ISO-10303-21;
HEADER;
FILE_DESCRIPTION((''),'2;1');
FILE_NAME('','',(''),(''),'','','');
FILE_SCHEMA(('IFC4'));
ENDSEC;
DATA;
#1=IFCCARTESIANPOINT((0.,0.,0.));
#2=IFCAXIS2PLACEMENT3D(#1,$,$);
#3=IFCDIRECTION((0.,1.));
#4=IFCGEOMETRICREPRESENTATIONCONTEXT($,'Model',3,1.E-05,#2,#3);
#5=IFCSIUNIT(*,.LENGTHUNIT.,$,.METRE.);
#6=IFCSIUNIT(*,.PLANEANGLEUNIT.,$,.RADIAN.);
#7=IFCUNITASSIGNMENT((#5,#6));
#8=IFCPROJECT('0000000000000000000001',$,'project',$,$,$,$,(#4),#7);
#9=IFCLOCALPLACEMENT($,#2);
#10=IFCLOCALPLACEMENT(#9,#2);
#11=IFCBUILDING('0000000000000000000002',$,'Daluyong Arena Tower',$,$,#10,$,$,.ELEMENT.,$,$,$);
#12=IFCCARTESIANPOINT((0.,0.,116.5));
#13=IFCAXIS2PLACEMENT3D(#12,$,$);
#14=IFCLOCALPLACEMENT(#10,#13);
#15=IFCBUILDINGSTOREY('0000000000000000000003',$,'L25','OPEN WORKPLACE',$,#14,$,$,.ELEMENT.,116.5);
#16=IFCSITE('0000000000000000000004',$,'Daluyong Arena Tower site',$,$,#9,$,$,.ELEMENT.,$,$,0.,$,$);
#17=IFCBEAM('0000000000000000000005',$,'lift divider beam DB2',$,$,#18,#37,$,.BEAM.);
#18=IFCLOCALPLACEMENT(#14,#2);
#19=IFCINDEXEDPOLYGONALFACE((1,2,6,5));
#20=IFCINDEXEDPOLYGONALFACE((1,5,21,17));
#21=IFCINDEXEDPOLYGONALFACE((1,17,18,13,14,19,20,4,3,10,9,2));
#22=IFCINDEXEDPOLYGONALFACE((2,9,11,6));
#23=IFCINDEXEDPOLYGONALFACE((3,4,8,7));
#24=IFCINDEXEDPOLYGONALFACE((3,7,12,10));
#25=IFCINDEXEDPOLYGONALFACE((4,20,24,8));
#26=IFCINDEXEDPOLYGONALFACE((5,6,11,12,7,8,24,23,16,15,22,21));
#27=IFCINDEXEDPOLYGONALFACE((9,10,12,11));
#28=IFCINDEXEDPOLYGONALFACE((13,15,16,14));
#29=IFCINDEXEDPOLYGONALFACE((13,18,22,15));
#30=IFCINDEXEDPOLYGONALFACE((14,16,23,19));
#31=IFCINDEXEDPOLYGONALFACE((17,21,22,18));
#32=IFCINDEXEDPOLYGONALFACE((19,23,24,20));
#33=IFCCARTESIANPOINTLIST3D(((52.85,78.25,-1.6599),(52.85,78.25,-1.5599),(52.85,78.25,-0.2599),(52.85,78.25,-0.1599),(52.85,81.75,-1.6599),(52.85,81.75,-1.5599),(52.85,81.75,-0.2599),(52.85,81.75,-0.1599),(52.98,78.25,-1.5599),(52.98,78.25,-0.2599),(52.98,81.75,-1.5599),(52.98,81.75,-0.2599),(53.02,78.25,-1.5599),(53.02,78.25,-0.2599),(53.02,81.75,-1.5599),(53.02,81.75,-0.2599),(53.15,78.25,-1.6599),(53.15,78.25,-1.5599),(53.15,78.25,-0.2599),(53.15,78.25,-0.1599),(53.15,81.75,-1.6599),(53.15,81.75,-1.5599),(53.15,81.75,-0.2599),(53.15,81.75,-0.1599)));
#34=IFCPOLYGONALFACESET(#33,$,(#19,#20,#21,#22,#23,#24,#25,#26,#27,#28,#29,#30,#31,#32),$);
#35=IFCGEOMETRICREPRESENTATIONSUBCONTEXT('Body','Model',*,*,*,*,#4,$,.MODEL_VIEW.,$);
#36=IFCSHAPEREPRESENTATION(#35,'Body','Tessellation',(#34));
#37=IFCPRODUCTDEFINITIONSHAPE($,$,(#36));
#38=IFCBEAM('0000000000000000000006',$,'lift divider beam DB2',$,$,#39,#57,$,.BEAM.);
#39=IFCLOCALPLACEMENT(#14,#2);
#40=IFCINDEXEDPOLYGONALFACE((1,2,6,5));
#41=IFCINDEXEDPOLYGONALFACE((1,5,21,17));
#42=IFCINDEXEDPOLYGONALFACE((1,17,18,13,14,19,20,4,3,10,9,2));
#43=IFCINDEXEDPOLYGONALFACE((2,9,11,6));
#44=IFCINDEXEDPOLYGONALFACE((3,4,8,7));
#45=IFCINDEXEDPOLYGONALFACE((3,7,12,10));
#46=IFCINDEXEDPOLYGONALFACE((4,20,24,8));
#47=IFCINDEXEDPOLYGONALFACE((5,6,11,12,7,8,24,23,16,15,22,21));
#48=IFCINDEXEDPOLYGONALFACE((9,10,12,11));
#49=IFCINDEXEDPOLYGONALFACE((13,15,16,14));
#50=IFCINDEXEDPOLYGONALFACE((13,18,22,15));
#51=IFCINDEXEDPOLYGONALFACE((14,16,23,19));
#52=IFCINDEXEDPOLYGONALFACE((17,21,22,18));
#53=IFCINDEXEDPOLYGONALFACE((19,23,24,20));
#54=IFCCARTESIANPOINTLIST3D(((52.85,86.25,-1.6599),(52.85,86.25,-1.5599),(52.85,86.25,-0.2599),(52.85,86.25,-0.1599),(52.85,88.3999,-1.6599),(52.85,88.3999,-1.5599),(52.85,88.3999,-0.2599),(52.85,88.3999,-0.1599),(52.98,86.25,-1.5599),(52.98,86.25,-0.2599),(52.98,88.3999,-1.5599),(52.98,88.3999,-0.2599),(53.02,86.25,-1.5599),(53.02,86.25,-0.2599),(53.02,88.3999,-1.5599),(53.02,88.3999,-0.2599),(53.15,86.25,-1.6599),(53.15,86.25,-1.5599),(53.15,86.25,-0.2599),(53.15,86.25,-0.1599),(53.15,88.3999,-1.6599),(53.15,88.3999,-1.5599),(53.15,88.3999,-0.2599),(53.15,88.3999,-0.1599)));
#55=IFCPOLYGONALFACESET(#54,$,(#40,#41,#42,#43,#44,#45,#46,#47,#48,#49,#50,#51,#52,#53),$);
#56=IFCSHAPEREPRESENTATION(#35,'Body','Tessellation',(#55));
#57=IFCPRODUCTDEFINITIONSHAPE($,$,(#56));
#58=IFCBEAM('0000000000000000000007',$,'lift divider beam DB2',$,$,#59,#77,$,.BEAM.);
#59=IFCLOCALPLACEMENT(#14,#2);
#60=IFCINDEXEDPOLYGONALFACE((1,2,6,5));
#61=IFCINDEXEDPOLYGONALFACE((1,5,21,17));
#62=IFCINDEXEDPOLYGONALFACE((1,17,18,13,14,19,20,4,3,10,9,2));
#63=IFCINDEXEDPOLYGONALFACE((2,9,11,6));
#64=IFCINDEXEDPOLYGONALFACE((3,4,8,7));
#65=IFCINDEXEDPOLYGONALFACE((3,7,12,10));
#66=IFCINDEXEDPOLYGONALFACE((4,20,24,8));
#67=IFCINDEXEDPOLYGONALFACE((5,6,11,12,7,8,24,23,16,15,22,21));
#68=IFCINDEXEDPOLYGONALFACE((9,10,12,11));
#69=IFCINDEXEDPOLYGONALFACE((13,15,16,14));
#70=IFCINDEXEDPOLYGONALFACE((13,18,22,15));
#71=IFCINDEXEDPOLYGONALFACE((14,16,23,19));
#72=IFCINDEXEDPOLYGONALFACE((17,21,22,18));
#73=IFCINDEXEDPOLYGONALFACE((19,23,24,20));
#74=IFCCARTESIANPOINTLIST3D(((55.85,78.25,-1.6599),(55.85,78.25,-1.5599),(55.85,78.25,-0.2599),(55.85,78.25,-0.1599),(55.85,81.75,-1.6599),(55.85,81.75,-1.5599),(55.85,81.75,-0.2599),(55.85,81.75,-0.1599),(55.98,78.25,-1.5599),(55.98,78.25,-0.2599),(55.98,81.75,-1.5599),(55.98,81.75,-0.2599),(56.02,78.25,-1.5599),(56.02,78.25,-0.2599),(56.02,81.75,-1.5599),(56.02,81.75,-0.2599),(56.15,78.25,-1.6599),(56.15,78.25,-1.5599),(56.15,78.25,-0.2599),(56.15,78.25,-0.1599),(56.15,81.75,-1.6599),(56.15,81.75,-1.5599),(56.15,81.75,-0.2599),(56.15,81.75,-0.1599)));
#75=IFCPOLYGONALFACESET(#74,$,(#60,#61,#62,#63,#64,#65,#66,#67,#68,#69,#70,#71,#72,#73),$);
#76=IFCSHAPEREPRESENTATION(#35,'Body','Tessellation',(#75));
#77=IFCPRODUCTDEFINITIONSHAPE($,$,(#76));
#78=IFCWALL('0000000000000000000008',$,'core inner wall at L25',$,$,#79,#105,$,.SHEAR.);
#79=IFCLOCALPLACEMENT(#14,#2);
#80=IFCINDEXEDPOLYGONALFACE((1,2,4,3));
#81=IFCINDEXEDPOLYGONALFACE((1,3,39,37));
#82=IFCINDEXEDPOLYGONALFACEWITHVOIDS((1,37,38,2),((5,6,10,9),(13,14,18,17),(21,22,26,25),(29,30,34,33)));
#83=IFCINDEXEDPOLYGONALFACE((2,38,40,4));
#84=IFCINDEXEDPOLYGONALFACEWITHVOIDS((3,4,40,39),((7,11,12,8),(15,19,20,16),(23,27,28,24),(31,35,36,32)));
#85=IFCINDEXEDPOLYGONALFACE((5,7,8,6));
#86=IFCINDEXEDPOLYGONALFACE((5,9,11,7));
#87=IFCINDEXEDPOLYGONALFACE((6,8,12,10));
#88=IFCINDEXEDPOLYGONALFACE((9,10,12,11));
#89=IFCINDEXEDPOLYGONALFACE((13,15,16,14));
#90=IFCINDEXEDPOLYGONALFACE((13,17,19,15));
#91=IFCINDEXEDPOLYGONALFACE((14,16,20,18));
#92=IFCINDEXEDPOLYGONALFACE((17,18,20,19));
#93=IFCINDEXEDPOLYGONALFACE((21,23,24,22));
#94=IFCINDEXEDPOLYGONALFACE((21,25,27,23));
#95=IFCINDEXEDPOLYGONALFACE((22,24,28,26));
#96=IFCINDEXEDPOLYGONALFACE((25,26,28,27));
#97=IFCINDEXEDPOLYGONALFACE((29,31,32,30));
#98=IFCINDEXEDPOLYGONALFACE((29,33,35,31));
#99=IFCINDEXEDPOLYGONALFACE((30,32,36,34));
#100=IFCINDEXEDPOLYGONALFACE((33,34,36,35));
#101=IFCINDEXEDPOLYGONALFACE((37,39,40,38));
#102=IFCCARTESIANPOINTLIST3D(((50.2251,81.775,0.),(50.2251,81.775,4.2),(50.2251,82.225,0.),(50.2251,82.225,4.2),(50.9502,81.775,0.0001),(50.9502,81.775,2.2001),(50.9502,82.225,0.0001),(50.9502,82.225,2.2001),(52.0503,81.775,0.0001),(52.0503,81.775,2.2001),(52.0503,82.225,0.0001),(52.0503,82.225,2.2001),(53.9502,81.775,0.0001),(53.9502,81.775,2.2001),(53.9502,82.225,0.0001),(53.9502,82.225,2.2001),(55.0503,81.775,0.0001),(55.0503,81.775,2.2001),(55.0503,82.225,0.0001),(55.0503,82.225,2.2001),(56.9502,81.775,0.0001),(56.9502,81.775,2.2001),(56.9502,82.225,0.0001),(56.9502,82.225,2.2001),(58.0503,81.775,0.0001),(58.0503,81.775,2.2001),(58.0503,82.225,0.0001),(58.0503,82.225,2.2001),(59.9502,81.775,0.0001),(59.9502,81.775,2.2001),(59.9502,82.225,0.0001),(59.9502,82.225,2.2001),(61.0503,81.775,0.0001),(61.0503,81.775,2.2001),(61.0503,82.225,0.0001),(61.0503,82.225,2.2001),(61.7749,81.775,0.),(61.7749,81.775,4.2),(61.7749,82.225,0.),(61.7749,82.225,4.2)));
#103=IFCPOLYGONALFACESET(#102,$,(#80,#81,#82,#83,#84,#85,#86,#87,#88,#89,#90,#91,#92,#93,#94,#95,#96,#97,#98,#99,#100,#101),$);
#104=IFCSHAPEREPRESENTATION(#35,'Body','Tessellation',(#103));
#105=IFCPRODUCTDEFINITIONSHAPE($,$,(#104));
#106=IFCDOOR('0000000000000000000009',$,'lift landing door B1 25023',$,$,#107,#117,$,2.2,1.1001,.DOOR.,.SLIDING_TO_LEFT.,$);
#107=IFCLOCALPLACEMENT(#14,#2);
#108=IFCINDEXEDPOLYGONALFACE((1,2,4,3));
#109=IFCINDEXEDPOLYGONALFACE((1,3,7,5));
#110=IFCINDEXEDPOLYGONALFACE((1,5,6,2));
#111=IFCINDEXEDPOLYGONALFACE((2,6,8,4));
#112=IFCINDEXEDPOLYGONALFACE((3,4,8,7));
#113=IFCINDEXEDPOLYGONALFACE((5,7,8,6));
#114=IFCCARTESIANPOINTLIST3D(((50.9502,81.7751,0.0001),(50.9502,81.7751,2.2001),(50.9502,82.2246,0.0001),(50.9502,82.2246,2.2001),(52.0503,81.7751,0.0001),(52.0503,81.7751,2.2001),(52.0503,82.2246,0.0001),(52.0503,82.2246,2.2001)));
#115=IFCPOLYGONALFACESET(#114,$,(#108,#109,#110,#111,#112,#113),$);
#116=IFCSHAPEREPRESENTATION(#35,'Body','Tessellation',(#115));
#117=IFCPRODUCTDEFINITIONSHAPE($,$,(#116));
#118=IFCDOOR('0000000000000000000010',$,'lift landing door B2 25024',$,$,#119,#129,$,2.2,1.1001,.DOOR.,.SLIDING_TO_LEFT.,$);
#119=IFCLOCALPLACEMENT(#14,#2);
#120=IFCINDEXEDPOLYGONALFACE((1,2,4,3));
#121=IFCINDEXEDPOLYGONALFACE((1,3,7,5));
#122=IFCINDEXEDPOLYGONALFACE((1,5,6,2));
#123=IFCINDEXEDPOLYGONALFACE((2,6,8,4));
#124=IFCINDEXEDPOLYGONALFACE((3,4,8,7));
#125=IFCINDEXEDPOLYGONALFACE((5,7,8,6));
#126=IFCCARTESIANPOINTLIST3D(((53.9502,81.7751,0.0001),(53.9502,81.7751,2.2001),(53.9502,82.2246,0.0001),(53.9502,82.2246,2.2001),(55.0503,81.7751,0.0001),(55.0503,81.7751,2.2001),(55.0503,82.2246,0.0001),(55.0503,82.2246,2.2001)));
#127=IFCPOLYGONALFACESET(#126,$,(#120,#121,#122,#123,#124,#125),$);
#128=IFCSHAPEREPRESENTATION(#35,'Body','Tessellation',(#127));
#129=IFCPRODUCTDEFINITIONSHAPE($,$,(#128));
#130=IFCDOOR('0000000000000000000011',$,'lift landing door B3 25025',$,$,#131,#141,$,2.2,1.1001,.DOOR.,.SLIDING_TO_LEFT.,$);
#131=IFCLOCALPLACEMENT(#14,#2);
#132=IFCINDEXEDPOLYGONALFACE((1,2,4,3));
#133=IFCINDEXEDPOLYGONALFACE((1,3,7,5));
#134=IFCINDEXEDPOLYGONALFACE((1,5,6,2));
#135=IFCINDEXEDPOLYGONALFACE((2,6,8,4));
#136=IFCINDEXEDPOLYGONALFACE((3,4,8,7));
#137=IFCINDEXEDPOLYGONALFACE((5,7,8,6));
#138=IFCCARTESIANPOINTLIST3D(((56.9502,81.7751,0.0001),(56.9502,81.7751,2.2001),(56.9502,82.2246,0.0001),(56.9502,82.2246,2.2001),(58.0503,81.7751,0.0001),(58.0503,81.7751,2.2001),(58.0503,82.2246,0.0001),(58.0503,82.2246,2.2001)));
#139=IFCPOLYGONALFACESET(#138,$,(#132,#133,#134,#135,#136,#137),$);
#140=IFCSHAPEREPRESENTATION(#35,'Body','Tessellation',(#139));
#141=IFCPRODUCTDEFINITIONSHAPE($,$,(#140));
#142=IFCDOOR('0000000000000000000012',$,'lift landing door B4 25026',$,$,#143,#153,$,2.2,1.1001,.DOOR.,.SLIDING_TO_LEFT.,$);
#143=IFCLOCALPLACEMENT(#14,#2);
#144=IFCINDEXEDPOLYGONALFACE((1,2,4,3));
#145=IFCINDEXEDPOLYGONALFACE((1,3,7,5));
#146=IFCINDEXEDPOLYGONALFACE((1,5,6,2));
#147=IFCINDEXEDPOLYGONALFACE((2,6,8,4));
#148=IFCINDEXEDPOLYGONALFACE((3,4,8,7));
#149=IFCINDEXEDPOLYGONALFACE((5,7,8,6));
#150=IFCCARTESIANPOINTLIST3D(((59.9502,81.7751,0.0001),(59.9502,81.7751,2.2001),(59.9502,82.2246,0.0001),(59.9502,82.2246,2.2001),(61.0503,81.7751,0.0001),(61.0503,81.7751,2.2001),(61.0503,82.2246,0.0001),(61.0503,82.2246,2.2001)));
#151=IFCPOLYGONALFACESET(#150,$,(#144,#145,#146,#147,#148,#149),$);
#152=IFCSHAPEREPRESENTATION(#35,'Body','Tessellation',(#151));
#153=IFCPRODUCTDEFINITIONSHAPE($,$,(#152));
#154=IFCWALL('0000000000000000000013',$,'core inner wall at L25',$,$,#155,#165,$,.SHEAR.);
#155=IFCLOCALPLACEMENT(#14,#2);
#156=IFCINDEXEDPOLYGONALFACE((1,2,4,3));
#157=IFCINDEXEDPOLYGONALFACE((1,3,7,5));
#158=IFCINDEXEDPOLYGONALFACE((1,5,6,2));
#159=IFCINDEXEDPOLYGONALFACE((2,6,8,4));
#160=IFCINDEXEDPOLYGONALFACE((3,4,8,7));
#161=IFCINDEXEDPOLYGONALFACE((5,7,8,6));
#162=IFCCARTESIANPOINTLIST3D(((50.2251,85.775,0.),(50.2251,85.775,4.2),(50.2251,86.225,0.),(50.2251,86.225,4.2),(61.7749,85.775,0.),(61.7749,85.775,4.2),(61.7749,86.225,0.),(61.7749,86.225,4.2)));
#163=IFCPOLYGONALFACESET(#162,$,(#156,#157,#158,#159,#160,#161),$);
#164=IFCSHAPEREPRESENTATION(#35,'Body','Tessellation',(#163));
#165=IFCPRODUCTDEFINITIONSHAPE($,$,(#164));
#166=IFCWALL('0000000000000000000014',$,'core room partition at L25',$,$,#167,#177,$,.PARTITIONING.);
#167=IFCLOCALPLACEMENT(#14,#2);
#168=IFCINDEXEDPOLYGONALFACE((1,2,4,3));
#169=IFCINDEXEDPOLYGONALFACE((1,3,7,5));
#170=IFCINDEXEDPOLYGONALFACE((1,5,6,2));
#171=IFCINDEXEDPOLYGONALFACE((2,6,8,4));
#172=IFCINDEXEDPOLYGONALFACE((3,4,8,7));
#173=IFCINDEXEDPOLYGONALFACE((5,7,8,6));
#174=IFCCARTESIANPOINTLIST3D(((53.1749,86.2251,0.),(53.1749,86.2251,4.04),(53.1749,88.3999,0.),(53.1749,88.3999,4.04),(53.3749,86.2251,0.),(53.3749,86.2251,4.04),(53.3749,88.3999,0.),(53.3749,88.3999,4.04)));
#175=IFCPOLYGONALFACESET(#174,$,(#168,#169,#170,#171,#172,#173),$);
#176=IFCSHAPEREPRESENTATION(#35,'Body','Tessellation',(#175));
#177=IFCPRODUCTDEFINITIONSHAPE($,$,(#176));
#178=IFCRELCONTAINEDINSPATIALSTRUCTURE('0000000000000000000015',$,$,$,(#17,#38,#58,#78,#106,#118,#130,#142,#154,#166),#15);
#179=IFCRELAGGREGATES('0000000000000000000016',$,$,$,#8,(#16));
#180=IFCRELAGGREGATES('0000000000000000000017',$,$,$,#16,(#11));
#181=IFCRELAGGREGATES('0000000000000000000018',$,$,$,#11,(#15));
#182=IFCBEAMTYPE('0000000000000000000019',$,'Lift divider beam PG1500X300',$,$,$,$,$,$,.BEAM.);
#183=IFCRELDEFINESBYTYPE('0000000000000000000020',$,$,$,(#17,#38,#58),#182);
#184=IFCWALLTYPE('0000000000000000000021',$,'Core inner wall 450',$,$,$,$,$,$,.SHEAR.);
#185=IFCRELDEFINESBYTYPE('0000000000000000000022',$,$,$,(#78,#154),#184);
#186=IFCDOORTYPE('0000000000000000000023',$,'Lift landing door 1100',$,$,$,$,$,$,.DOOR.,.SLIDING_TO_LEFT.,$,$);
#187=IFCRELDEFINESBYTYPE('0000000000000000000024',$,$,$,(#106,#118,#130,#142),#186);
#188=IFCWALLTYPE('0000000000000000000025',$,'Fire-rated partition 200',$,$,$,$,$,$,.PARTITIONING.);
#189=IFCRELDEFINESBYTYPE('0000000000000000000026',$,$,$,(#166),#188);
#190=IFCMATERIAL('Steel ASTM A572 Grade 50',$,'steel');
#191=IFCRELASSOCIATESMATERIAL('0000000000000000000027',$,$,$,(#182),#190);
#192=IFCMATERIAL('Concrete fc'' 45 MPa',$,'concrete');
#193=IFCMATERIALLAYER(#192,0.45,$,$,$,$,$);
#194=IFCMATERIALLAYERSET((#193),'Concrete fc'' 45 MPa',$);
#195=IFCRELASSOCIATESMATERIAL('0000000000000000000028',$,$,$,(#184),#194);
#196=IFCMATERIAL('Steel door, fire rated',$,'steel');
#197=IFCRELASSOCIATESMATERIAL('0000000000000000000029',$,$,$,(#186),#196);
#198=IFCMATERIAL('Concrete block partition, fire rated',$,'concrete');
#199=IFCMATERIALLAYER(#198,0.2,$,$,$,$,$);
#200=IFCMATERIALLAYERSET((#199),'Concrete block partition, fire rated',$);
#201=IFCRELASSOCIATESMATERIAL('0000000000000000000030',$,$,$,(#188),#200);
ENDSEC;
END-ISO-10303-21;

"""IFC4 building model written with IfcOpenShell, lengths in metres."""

from ifc_helpers import new_model, si_unit, direction, frame, frame_2d, origin, origin_2d, place, context, subcontext, project, spatial, rectangle, i_section, extrude, material, layer, layer_set, material_profile, profile_set, type_object, element, fill, save


model = new_model("IFC4")

# Units and contexts
model_context = context("Model", 3, precision=1e-05, world=origin(), true_north=direction((0.0, 1.0)))
body_context = subcontext(model_context, "Body", "Model", "MODEL_VIEW")
ifc_project = project(units=[si_unit("LENGTHUNIT", "METRE"), si_unit("PLANEANGLEUNIT", "RADIAN")], contexts=[model_context])

# Site, building, storey
site_placement = place(None, origin())
site = spatial("IfcSite", under=ifc_project, at=site_placement, Name="Daluyong Arena Tower site", CompositionType="ELEMENT", RefElevation=0.0)
building_placement = place(site_placement, origin())
building = spatial("IfcBuilding", under=site, at=building_placement, Name="Daluyong Arena Tower", CompositionType="ELEMENT")
storey_placement = place(building_placement, frame((0.0, 0.0, 116.5)))
storey = spatial("IfcBuildingStorey", under=building, at=storey_placement, Name="L25", Description="OPEN WORKPLACE", CompositionType="ELEMENT", Elevation=116.5)

# Beams
ifc_material_1 = material(Name="Steel ASTM A572 Grade 50", Category="steel")
ifc_material_profile = material_profile(ifc_material_1, i_section(OverallWidth=0.3, OverallDepth=1.5, WebThickness=0.04, FlangeThickness=0.1, at=origin_2d()))
ifc_profile_set = profile_set([ifc_material_profile], Name="Steel ASTM A572 Grade 50")
beam_type = type_object("IfcBeamType", Name="Lift divider beam PG1500X300", PredefinedType="BEAM", material=ifc_profile_set)
beam_1_placement = place(storey_placement, frame((53.0, 78.25, -0.9099), z_axis=(0.0, 1.0, 0.0), x_axis=(-1.0, 0.0, 0.0)))
element("IfcBeam", 1, at=beam_1_placement, inside=storey, type_object=beam_type, Name="lift divider beam DB2", PredefinedType="BEAM", context=body_context, shape_type="SweptSolid", body=[
    extrude(i_section(OverallWidth=0.3, OverallDepth=1.5, WebThickness=0.04, FlangeThickness=0.1, at=origin_2d()), origin(), (0.0, 0.0, 1.0), 3.5),
])
beam_2_placement = place(storey_placement, frame((53.0, 86.25, -0.9099), z_axis=(0.0, 1.0, 0.0), x_axis=(-1.0, 0.0, 0.0)))
element("IfcBeam", 2, at=beam_2_placement, inside=storey, type_object=beam_type, Name="lift divider beam DB2", PredefinedType="BEAM", context=body_context, shape_type="SweptSolid", body=[
    extrude(i_section(OverallWidth=0.3, OverallDepth=1.5, WebThickness=0.04, FlangeThickness=0.1, at=origin_2d()), origin(), (0.0, 0.0, 1.0), 2.1499),
])
beam_3_placement = place(storey_placement, frame((56.0, 78.25, -0.9099), z_axis=(0.0, 1.0, 0.0), x_axis=(-1.0, 0.0, 0.0)))
element("IfcBeam", 3, at=beam_3_placement, inside=storey, type_object=beam_type, Name="lift divider beam DB2", PredefinedType="BEAM", context=body_context, shape_type="SweptSolid", body=[
    extrude(i_section(OverallWidth=0.3, OverallDepth=1.5, WebThickness=0.04, FlangeThickness=0.1, at=origin_2d()), origin(), (0.0, 0.0, 1.0), 3.5),
])

# Wall, openings, doors
ifc_material_2 = material(Name="Concrete fc' 45 MPa", Category="concrete")
ifc_layer_1 = layer(ifc_material_2, 0.45)
ifc_layer_set_1 = layer_set([ifc_layer_1], Name="Concrete fc' 45 MPa")
wall_type_1 = type_object("IfcWallType", Name="Core inner wall 450", PredefinedType="SHEAR", material=ifc_layer_set_1)
wall_1_placement = place(storey_placement, frame((50.2251, 82.0, 0.0), z_axis=(0.0, 0.0, 1.0), x_axis=(1.0, 0.0, 0.0)))
wall_1 = element("IfcWall", 4, at=wall_1_placement, inside=storey, type_object=wall_type_1, Name="core inner wall at L25", PredefinedType="SHEAR", context=body_context, shape_type="SweptSolid", body=[
    extrude(rectangle(XDim=11.5498, YDim=0.45, at=frame_2d((5.7749, 0.0))), origin(), (0.0, 0.0, 1.0), 4.2),
])
opening_1_placement = place(wall_1_placement, frame((0.7251, 0.0, 0.0)))
opening_1 = element("IfcOpeningElement", 5, at=opening_1_placement, cuts=wall_1, PredefinedType="OPENING", context=body_context, shape_type="SweptSolid", body=[
    extrude(rectangle(XDim=1.1001, YDim=2.2, at=frame_2d((0.55, 1.1001))), frame((0.0, 0.2349, 0.0), z_axis=(0.0, -1.0, 0.0), x_axis=(1.0, 0.0, 0.0)), (0.0, 0.0, 1.0), 0.47),
])
opening_2_placement = place(wall_1_placement, frame((3.7251, 0.0, 0.0)))
opening_2 = element("IfcOpeningElement", 6, at=opening_2_placement, cuts=wall_1, PredefinedType="OPENING", context=body_context, shape_type="SweptSolid", body=[
    extrude(rectangle(XDim=1.1001, YDim=2.2, at=frame_2d((0.55, 1.1001))), frame((0.0, 0.2349, 0.0), z_axis=(0.0, -1.0, 0.0), x_axis=(1.0, 0.0, 0.0)), (0.0, 0.0, 1.0), 0.47),
])
opening_3_placement = place(wall_1_placement, frame((6.7251, 0.0, 0.0)))
opening_3 = element("IfcOpeningElement", 7, at=opening_3_placement, cuts=wall_1, PredefinedType="OPENING", context=body_context, shape_type="SweptSolid", body=[
    extrude(rectangle(XDim=1.1001, YDim=2.2, at=frame_2d((0.55, 1.1001))), frame((0.0, 0.2349, 0.0), z_axis=(0.0, -1.0, 0.0), x_axis=(1.0, 0.0, 0.0)), (0.0, 0.0, 1.0), 0.47),
])
opening_4_placement = place(wall_1_placement, frame((9.7251, 0.0, 0.0)))
opening_4 = element("IfcOpeningElement", 8, at=opening_4_placement, cuts=wall_1, PredefinedType="OPENING", context=body_context, shape_type="SweptSolid", body=[
    extrude(rectangle(XDim=1.1001, YDim=2.2, at=frame_2d((0.55, 1.1001))), frame((0.0, 0.2349, 0.0), z_axis=(0.0, -1.0, 0.0), x_axis=(1.0, 0.0, 0.0)), (0.0, 0.0, 1.0), 0.47),
])
ifc_material_3 = material(Name="Steel door, fire rated", Category="steel")
door_type = type_object("IfcDoorType", Name="Lift landing door 1100", OperationType="SLIDING_TO_LEFT", PredefinedType="DOOR", material=ifc_material_3)
door_1_placement = place(opening_1_placement, origin())
door_1 = element("IfcDoor", 9, at=door_1_placement, inside=storey, type_object=door_type, Name="lift landing door B1 25023", OperationType="SLIDING_TO_LEFT", OverallHeight=2.2, OverallWidth=1.1001, PredefinedType="DOOR", context=body_context, shape_type="SweptSolid", body=[
    extrude(rectangle(XDim=1.1001, YDim=2.2, at=frame_2d((0.55, 1.1001))), frame((0.0, 0.2246, 0.0), z_axis=(0.0, -1.0, 0.0), x_axis=(1.0, 0.0, 0.0)), (0.0, 0.0, 1.0), 0.4495),
])
fill(opening_1, door_1)
door_2_placement = place(opening_2_placement, origin())
door_2 = element("IfcDoor", 10, at=door_2_placement, inside=storey, type_object=door_type, Name="lift landing door B2 25024", OperationType="SLIDING_TO_LEFT", OverallHeight=2.2, OverallWidth=1.1001, PredefinedType="DOOR", context=body_context, shape_type="SweptSolid", body=[
    extrude(rectangle(XDim=1.1001, YDim=2.2, at=frame_2d((0.55, 1.1001))), frame((0.0, 0.2246, 0.0), z_axis=(0.0, -1.0, 0.0), x_axis=(1.0, 0.0, 0.0)), (0.0, 0.0, 1.0), 0.4495),
])
fill(opening_2, door_2)
door_3_placement = place(opening_3_placement, origin())
door_3 = element("IfcDoor", 11, at=door_3_placement, inside=storey, type_object=door_type, Name="lift landing door B3 25025", OperationType="SLIDING_TO_LEFT", OverallHeight=2.2, OverallWidth=1.1001, PredefinedType="DOOR", context=body_context, shape_type="SweptSolid", body=[
    extrude(rectangle(XDim=1.1001, YDim=2.2, at=frame_2d((0.55, 1.1001))), frame((0.0, 0.2246, 0.0), z_axis=(0.0, -1.0, 0.0), x_axis=(1.0, 0.0, 0.0)), (0.0, 0.0, 1.0), 0.4495),
])
fill(opening_3, door_3)
door_4_placement = place(opening_4_placement, origin())
door_4 = element("IfcDoor", 12, at=door_4_placement, inside=storey, type_object=door_type, Name="lift landing door B4 25026", OperationType="SLIDING_TO_LEFT", OverallHeight=2.2, OverallWidth=1.1001, PredefinedType="DOOR", context=body_context, shape_type="SweptSolid", body=[
    extrude(rectangle(XDim=1.1001, YDim=2.2, at=frame_2d((0.55, 1.1001))), frame((0.0, 0.2246, 0.0), z_axis=(0.0, -1.0, 0.0), x_axis=(1.0, 0.0, 0.0)), (0.0, 0.0, 1.0), 0.4495),
])
fill(opening_4, door_4)

# Walls
wall_2_placement = place(storey_placement, frame((50.2251, 86.0, 0.0), z_axis=(0.0, 0.0, 1.0), x_axis=(1.0, 0.0, 0.0)))
element("IfcWall", 13, at=wall_2_placement, inside=storey, type_object=wall_type_1, Name="core inner wall at L25", PredefinedType="SHEAR", context=body_context, shape_type="SweptSolid", body=[
    extrude(rectangle(XDim=11.5498, YDim=0.45, at=frame_2d((5.7749, 0.0))), origin(), (0.0, 0.0, 1.0), 4.2),
])
ifc_material_4 = material(Name="Concrete block partition, fire rated", Category="concrete")
ifc_layer_2 = layer(ifc_material_4, 0.2)
ifc_layer_set_2 = layer_set([ifc_layer_2], Name="Concrete block partition, fire rated")
wall_type_2 = type_object("IfcWallType", Name="Fire-rated partition 200", PredefinedType="PARTITIONING", material=ifc_layer_set_2)
wall_3_placement = place(storey_placement, frame((53.2749, 86.2251, 0.0), z_axis=(0.0, 0.0, 1.0), x_axis=(0.0, 1.0, 0.0)))
element("IfcWall", 14, at=wall_3_placement, inside=storey, type_object=wall_type_2, Name="core room partition at L25", PredefinedType="PARTITIONING", context=body_context, shape_type="SweptSolid", body=[
    extrude(rectangle(XDim=2.1748, YDim=0.2, at=frame_2d((1.0874, 0.0))), origin(), (0.0, 0.0, 1.0), 4.04),
])

save(model, "model.ifc")
